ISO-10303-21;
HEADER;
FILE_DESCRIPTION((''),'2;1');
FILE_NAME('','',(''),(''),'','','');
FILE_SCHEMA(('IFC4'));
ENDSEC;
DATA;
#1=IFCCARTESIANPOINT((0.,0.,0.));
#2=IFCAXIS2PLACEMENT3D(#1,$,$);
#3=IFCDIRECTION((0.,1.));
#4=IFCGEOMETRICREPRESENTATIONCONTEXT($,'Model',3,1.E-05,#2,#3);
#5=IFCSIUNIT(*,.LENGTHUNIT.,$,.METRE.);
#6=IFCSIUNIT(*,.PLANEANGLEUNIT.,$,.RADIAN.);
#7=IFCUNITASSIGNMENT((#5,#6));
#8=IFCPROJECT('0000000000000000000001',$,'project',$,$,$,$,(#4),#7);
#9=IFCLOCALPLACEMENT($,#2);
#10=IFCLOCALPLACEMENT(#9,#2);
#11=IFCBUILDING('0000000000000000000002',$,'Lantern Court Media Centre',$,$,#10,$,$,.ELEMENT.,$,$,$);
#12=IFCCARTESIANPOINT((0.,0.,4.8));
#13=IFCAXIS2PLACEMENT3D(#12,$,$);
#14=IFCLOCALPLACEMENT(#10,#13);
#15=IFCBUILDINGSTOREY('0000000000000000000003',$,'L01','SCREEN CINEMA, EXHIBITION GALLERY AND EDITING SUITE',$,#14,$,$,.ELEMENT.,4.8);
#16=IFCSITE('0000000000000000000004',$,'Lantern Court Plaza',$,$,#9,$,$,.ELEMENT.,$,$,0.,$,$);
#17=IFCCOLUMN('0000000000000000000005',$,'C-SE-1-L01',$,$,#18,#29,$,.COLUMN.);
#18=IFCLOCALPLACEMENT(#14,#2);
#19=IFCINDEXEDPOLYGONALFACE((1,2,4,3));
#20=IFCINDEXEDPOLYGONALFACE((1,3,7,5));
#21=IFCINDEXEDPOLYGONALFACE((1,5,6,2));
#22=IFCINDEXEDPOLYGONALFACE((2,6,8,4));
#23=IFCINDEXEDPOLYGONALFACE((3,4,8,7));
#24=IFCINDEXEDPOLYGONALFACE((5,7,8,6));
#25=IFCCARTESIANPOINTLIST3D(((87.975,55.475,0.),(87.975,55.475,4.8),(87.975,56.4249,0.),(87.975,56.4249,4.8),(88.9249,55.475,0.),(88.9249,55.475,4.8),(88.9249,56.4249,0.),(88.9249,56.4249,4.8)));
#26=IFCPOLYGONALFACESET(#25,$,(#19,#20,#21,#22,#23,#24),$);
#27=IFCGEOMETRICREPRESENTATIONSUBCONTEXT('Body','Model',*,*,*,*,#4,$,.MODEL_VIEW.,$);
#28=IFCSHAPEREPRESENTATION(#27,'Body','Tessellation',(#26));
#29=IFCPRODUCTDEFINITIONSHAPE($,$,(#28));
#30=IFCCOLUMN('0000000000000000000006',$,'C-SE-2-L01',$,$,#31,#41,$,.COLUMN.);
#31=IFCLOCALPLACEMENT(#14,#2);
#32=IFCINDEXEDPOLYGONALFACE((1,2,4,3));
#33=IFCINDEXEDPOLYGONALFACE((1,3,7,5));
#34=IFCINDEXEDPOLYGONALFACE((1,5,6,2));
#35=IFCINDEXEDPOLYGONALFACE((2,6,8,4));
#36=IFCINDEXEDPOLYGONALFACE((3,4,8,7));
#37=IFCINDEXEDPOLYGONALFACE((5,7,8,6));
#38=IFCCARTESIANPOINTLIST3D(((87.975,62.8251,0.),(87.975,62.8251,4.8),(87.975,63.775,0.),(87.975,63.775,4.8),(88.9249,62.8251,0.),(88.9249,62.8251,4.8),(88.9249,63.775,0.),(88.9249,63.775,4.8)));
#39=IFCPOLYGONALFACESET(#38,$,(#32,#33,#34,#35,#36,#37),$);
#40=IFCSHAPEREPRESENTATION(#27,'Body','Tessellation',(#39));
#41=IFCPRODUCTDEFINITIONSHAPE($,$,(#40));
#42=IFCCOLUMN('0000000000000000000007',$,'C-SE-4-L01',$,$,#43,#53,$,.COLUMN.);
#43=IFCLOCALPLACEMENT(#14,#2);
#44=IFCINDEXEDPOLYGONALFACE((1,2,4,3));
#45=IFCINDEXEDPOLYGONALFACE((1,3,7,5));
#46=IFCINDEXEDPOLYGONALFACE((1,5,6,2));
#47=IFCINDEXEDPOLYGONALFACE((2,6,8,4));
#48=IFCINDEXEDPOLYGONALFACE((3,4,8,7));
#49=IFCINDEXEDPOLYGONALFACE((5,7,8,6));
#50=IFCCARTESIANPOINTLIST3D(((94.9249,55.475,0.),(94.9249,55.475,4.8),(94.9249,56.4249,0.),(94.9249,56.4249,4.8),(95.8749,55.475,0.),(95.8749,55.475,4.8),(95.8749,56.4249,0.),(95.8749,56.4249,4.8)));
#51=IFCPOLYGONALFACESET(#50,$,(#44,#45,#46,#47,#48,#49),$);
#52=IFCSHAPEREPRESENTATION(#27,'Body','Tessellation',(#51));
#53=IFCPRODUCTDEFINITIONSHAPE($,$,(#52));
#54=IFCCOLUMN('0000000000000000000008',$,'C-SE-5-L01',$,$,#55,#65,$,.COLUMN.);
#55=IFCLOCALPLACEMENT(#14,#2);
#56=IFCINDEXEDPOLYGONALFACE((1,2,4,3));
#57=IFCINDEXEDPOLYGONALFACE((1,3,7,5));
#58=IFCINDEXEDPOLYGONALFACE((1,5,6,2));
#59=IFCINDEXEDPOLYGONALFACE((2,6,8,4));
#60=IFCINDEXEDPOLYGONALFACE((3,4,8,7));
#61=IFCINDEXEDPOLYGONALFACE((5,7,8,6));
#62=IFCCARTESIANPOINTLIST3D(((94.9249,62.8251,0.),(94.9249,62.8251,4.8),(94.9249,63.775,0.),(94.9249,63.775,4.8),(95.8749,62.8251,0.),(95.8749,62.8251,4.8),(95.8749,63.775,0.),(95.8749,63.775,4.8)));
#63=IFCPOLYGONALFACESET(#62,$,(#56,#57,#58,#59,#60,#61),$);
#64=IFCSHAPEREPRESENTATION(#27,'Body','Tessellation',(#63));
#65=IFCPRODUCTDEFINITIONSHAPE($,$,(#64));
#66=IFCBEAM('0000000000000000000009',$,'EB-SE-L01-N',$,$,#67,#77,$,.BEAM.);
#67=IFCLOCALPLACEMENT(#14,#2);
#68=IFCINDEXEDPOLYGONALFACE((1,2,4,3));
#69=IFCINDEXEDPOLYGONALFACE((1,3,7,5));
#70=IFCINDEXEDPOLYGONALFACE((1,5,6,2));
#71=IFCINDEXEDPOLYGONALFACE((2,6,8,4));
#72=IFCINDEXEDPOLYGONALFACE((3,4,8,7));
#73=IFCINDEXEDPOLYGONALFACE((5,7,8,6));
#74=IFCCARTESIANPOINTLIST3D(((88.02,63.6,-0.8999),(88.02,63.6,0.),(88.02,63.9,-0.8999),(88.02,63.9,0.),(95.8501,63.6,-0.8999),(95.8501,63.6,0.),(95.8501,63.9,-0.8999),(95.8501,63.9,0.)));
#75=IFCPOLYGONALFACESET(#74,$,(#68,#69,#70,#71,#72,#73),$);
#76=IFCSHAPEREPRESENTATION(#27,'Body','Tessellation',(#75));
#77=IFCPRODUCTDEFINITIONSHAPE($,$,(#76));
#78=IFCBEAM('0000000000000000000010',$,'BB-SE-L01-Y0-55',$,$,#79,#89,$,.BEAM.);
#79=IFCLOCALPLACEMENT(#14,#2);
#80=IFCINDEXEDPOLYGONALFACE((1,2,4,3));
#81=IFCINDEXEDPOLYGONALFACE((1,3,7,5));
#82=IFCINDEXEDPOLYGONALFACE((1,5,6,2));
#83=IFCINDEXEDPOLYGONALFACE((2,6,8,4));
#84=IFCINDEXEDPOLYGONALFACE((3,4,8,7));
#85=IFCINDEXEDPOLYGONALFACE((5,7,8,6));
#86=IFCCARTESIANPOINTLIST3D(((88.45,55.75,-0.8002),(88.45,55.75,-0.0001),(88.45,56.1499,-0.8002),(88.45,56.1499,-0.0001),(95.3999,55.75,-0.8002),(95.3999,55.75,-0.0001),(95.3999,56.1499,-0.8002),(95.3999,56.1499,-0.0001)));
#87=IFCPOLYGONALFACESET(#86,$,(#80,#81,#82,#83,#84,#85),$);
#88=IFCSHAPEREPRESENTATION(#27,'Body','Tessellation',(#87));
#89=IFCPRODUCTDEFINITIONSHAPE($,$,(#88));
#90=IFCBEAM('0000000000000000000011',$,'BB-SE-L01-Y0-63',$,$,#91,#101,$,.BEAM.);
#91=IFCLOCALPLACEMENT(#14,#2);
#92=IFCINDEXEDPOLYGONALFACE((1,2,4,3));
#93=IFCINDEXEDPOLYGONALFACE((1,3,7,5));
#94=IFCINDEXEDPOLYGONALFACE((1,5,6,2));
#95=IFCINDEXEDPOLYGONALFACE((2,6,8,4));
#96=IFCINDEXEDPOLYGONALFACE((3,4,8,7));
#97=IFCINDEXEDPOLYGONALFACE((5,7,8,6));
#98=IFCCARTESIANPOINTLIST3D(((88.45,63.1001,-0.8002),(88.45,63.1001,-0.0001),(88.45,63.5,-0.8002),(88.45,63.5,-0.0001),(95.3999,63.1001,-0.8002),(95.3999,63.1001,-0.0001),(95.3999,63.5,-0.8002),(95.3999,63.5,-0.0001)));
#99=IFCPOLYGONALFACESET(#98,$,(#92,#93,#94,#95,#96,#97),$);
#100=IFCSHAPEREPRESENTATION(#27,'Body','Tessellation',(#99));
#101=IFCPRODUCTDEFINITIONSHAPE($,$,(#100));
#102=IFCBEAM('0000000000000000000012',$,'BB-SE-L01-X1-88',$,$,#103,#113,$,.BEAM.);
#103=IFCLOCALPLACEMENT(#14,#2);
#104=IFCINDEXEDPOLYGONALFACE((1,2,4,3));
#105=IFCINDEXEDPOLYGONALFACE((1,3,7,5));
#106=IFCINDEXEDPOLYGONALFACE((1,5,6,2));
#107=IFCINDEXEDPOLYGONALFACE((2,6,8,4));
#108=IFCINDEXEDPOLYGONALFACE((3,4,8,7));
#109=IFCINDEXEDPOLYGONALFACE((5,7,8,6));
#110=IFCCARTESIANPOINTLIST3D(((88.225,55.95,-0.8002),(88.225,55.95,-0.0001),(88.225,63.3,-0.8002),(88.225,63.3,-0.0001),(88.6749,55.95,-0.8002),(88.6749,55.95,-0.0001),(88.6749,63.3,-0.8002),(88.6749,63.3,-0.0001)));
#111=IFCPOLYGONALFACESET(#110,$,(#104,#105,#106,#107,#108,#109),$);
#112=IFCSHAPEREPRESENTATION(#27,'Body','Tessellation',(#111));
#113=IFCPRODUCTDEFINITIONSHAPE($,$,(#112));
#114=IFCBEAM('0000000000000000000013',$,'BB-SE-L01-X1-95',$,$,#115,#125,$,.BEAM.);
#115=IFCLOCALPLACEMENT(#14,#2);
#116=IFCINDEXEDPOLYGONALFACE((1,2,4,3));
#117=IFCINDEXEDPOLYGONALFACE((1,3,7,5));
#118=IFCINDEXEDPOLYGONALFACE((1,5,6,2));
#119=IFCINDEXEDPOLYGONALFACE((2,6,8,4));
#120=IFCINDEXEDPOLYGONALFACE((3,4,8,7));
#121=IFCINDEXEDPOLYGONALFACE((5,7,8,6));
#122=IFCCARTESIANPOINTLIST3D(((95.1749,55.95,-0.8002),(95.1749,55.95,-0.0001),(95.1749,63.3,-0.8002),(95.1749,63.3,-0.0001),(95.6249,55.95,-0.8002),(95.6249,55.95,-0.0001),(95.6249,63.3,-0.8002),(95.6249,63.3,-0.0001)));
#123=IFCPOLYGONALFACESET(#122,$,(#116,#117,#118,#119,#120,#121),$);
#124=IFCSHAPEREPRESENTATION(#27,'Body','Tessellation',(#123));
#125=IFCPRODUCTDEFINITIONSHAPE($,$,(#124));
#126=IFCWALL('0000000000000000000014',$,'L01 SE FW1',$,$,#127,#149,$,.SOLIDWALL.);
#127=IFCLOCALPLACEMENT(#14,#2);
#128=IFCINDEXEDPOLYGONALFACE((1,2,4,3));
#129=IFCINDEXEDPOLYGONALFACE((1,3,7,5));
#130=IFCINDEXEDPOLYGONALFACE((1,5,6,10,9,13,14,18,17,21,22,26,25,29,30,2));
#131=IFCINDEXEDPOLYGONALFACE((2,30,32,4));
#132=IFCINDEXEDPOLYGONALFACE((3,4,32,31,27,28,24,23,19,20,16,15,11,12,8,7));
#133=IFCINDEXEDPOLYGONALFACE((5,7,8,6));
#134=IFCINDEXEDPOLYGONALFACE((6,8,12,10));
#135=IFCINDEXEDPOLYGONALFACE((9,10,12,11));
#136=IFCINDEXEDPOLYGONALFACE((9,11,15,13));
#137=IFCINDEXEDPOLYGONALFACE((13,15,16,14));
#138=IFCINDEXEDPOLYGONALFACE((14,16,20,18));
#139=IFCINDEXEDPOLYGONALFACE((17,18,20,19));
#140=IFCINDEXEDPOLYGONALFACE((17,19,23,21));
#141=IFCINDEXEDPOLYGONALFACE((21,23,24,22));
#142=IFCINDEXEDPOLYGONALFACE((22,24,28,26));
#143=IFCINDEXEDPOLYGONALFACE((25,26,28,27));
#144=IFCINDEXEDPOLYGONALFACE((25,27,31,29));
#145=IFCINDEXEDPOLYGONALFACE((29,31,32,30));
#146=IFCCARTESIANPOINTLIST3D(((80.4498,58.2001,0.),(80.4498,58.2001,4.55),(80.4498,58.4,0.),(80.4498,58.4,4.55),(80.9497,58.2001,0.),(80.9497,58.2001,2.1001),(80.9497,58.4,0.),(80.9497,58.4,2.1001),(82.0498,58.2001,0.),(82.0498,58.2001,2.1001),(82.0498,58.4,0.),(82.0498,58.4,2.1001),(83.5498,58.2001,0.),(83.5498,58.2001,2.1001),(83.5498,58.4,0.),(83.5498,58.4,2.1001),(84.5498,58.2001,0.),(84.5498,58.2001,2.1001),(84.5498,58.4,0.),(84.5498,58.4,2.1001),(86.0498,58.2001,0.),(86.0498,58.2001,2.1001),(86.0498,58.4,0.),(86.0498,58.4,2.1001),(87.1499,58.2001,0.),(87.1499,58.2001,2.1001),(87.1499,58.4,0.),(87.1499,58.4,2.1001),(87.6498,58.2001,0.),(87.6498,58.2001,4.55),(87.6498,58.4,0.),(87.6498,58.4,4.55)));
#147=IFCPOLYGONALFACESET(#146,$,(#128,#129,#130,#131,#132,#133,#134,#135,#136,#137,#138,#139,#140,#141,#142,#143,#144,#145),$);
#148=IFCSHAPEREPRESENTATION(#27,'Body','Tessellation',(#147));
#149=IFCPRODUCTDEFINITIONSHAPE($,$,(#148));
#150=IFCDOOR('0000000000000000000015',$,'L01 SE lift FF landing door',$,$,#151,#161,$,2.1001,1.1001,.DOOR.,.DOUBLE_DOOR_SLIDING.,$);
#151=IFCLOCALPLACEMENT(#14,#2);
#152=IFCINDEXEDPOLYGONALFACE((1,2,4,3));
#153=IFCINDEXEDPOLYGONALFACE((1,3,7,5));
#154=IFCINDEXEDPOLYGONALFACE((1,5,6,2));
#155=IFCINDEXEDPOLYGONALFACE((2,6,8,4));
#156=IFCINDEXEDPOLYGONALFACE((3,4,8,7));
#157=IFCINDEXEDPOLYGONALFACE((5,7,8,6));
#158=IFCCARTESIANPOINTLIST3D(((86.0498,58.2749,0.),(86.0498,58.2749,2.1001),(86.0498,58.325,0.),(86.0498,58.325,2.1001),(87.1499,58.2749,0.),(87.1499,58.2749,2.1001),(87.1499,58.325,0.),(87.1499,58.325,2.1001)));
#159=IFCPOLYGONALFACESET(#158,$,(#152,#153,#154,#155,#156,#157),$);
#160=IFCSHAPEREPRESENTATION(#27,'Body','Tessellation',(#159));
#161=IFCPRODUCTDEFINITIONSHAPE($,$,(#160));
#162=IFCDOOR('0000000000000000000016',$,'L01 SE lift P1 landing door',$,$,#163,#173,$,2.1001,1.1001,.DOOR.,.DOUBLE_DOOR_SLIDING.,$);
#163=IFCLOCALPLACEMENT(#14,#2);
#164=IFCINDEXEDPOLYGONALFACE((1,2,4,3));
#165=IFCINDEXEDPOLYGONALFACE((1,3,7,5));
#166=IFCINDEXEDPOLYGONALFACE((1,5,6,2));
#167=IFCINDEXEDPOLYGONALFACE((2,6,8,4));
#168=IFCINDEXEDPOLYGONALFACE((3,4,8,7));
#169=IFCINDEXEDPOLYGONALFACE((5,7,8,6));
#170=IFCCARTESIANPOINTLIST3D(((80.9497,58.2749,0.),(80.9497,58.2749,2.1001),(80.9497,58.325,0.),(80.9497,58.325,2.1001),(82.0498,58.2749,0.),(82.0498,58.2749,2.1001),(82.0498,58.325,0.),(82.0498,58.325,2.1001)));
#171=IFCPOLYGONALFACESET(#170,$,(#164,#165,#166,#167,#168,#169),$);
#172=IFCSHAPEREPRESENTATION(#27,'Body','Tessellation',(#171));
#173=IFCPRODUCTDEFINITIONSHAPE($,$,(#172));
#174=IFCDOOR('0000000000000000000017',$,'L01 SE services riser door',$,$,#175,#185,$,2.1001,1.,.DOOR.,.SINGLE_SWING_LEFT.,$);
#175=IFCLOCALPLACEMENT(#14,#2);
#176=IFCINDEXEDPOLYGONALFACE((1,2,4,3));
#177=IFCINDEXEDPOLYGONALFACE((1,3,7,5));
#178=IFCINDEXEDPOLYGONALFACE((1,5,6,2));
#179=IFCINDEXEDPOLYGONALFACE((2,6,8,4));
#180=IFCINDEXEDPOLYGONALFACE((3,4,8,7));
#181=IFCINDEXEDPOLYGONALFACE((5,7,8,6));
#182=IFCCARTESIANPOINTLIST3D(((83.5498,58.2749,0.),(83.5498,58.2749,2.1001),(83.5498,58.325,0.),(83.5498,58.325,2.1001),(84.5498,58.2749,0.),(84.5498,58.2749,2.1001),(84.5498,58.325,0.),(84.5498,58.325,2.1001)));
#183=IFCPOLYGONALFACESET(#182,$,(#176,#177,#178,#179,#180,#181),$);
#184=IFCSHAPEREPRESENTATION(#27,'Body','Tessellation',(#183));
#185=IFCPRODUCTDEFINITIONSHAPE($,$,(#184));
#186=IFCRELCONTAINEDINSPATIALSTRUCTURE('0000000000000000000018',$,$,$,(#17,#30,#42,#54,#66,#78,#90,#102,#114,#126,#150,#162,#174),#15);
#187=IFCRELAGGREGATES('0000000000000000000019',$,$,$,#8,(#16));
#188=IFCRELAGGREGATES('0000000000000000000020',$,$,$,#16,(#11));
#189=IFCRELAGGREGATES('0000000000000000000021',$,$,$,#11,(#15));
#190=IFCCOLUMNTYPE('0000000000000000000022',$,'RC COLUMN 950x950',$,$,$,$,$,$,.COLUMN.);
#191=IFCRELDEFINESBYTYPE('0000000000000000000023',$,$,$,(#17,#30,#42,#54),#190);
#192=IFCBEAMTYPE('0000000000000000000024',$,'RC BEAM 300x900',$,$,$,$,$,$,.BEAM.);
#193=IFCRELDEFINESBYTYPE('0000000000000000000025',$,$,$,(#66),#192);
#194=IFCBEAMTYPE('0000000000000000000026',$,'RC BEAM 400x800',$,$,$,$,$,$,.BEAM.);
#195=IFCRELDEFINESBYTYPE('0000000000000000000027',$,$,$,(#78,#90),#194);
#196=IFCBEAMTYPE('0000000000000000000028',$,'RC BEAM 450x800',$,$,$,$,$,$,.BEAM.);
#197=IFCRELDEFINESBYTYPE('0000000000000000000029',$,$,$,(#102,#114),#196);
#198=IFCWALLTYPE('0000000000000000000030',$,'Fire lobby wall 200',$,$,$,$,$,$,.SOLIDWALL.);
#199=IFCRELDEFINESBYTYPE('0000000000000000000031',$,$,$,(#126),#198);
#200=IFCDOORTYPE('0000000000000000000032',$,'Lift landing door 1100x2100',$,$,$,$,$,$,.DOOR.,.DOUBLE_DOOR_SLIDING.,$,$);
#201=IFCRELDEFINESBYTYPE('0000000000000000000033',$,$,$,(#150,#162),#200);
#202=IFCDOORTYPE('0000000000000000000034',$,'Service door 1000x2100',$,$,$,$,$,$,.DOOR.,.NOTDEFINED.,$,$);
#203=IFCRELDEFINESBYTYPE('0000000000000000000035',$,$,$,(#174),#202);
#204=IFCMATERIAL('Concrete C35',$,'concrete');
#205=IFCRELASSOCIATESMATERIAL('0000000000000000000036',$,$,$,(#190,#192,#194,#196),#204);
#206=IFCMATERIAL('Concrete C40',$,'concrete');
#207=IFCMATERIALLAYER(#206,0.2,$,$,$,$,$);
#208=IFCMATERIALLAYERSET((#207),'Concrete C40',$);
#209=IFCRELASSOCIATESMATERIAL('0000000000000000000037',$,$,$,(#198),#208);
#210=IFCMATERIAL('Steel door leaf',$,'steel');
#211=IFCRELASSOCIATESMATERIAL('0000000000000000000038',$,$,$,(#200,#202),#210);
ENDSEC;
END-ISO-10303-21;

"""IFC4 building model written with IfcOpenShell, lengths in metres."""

from ifc_helpers import new_model, si_unit, direction, frame, frame_2d, origin, origin_2d, place, context, subcontext, project, spatial, rectangle, extrude, material, layer, layer_set, material_profile, profile_set, type_object, element, fill, save


model = new_model("IFC4")

# Units and contexts
model_context = context("Model", 3, precision=1e-05, world=origin(), true_north=direction((0.0, 1.0)))
body_context = subcontext(model_context, "Body", "Model", "MODEL_VIEW")
ifc_project = project(units=[si_unit("LENGTHUNIT", "METRE"), si_unit("PLANEANGLEUNIT", "RADIAN")], contexts=[model_context])

# Site, building, storey
site_placement = place(None, origin())
site = spatial("IfcSite", under=ifc_project, at=site_placement, Name="Lantern Court Plaza", CompositionType="ELEMENT", RefElevation=0.0)
building_placement = place(site_placement, origin())
building = spatial("IfcBuilding", under=site, at=building_placement, Name="Lantern Court Media Centre", CompositionType="ELEMENT")
storey_placement = place(building_placement, frame((0.0, 0.0, 4.8)))
storey = spatial("IfcBuildingStorey", under=building, at=storey_placement, Name="L01", Description="SCREEN CINEMA, EXHIBITION GALLERY AND EDITING SUITE", CompositionType="ELEMENT", Elevation=4.8)

# Columns
ifc_material_1 = material(Name="Concrete C35", Category="concrete")
ifc_material_profile_1 = material_profile(ifc_material_1, rectangle(XDim=0.95, YDim=0.95, at=origin_2d()), Name="RC 950x950")
ifc_profile_set_1 = profile_set([ifc_material_profile_1], Name="Concrete C35")
column_type = type_object("IfcColumnType", Name="RC COLUMN 950x950", PredefinedType="COLUMN", material=ifc_profile_set_1)
for number, where, z_axis, x_axis, name in (
    (1, (88.45, 55.95, 0.0), (0.0, 0.0, 1.0), (1.0, 0.0, 0.0), "C-SE-1-L01"),
    (2, (88.45, 63.3, 0.0), (0.0, 0.0, 1.0), (1.0, 0.0, 0.0), "C-SE-2-L01"),
    (3, (95.3999, 55.95, 0.0), (0.0, 0.0, 1.0), (1.0, 0.0, 0.0), "C-SE-4-L01"),
    (4, (95.3999, 63.3, 0.0), (0.0, 0.0, 1.0), (1.0, 0.0, 0.0), "C-SE-5-L01"),
):
    element("IfcColumn", number, at=place(storey_placement, frame(where, z_axis=z_axis, x_axis=x_axis)), inside=storey, type_object=column_type, Name=name, PredefinedType="COLUMN", context=body_context, shape_type="SweptSolid", body=[
        extrude(rectangle(XDim=0.95, YDim=0.95, at=origin_2d()), origin(), (0.0, 0.0, 1.0), 4.8),
    ])

# Beams
ifc_material_profile_2 = material_profile(ifc_material_1, rectangle(XDim=0.3, YDim=0.8999, at=origin_2d()), Name="RC 300x900")
ifc_profile_set_2 = profile_set([ifc_material_profile_2], Name="Concrete C35")
beam_type_1 = type_object("IfcBeamType", Name="RC BEAM 300x900", PredefinedType="BEAM", material=ifc_profile_set_2)
beam_placement = place(storey_placement, frame((88.02, 63.75, -0.45), z_axis=(1.0, 0.0, 0.0), x_axis=(0.0, 1.0, 0.0)))
element("IfcBeam", 5, at=beam_placement, inside=storey, type_object=beam_type_1, Name="EB-SE-L01-N", PredefinedType="BEAM", context=body_context, shape_type="SweptSolid", body=[
    extrude(rectangle(XDim=0.3, YDim=0.8999, at=origin_2d()), origin(), (0.0, 0.0, 1.0), 7.8301),
])
ifc_material_profile_3 = material_profile(ifc_material_1, rectangle(XDim=0.3999, YDim=0.8, at=origin_2d()), Name="RC 400x800")
ifc_profile_set_3 = profile_set([ifc_material_profile_3], Name="Concrete C35")
beam_type_2 = type_object("IfcBeamType", Name="RC BEAM 400x800", PredefinedType="BEAM", material=ifc_profile_set_3)
for number, where, z_axis, x_axis, name in (
    (6, (88.45, 55.95, -0.4001), (1.0, 0.0, 0.0), (0.0, 1.0, 0.0), "BB-SE-L01-Y0-55"),
    (7, (88.45, 63.3, -0.4001), (1.0, 0.0, 0.0), (0.0, 1.0, 0.0), "BB-SE-L01-Y0-63"),
):
    element("IfcBeam", number, at=place(storey_placement, frame(where, z_axis=z_axis, x_axis=x_axis)), inside=storey, type_object=beam_type_2, Name=name, PredefinedType="BEAM", context=body_context, shape_type="SweptSolid", body=[
        extrude(rectangle(XDim=0.3999, YDim=0.8, at=origin_2d()), origin(), (0.0, 0.0, 1.0), 6.95),
    ])
ifc_material_profile_4 = material_profile(ifc_material_1, rectangle(XDim=0.45, YDim=0.8, at=origin_2d()), Name="RC 450x800")
ifc_profile_set_4 = profile_set([ifc_material_profile_4], Name="Concrete C35")
beam_type_3 = type_object("IfcBeamType", Name="RC BEAM 450x800", PredefinedType="BEAM", material=ifc_profile_set_4)
for number, where, z_axis, x_axis, name in (
    (8, (88.45, 55.95, -0.4001), (0.0, 1.0, 0.0), (-1.0, 0.0, 0.0), "BB-SE-L01-X1-88"),
    (9, (95.3999, 55.95, -0.4001), (0.0, 1.0, 0.0), (-1.0, 0.0, 0.0), "BB-SE-L01-X1-95"),
):
    element("IfcBeam", number, at=place(storey_placement, frame(where, z_axis=z_axis, x_axis=x_axis)), inside=storey, type_object=beam_type_3, Name=name, PredefinedType="BEAM", context=body_context, shape_type="SweptSolid", body=[
        extrude(rectangle(XDim=0.45, YDim=0.8, at=origin_2d()), origin(), (0.0, 0.0, 1.0), 7.3501),
    ])

# Wall, openings, doors
ifc_material_2 = material(Name="Concrete C40", Category="concrete")
ifc_layer_1 = layer(ifc_material_2, 0.2)
ifc_layer_set_1 = layer_set([ifc_layer_1], Name="Concrete C40")
wall_type_1 = type_object("IfcWallType", Name="Fire lobby wall 200", PredefinedType="SOLIDWALL", material=ifc_layer_set_1)
wall_1_placement = place(storey_placement, frame((87.6499, 58.3, 0.0), z_axis=(0.0, 0.0, 1.0), x_axis=(-1.0, 0.0, 0.0)))
wall_1 = element("IfcWall", 10, at=wall_1_placement, inside=storey, type_object=wall_type_1, Name="L01 SE FW1", PredefinedType="SOLIDWALL", context=body_context, shape_type="SweptSolid", body=[
    extrude(rectangle(XDim=7.2, YDim=0.2, at=frame_2d((3.6001, 0.0))), origin(), (0.0, 0.0, 1.0), 4.55),
])
opening_1_placement = place(wall_1_placement, frame((0.5, 0.0, 0.0)))
opening_1 = element("IfcOpeningElement", 11, at=opening_1_placement, cuts=wall_1, PredefinedType="OPENING", context=body_context, shape_type="SweptSolid", body=[
    extrude(rectangle(XDim=1.1001, YDim=2.1001, at=frame_2d((0.55, 1.05))), frame((0.0, 0.1099, 0.0), z_axis=(0.0, -1.0, 0.0), x_axis=(1.0, 0.0, 0.0)), (0.0, 0.0, 1.0), 0.22),
])
opening_2_placement = place(wall_1_placement, frame((5.6001, 0.0, 0.0)))
opening_2 = element("IfcOpeningElement", 12, at=opening_2_placement, cuts=wall_1, PredefinedType="OPENING", context=body_context, shape_type="SweptSolid", body=[
    extrude(rectangle(XDim=1.1001, YDim=2.1001, at=frame_2d((0.55, 1.05))), frame((0.0, 0.1099, 0.0), z_axis=(0.0, -1.0, 0.0), x_axis=(1.0, 0.0, 0.0)), (0.0, 0.0, 1.0), 0.22),
])
opening_3_placement = place(wall_1_placement, frame((3.1001, 0.0, 0.0)))
opening_3 = element("IfcOpeningElement", 13, at=opening_3_placement, cuts=wall_1, PredefinedType="OPENING", context=body_context, shape_type="SweptSolid", body=[
    extrude(rectangle(XDim=1.0, YDim=2.1001, at=frame_2d((0.5, 1.05))), frame((0.0, 0.1099, 0.0), z_axis=(0.0, -1.0, 0.0), x_axis=(1.0, 0.0, 0.0)), (0.0, 0.0, 1.0), 0.22),
])
ifc_material_3 = material(Name="Steel door leaf", Category="steel")
door_type_1 = type_object("IfcDoorType", Name="Lift landing door 1100x2100", OperationType="DOUBLE_DOOR_SLIDING", PredefinedType="DOOR", material=ifc_material_3)
door_1_placement = place(opening_1_placement, frame((1.1001, 0.0, 0.0), z_axis=(0.0, 0.0, 1.0), x_axis=(-1.0, 0.0, 0.0)))
door_1 = element("IfcDoor", 14, at=door_1_placement, inside=storey, type_object=door_type_1, Name="L01 SE lift FF landing door", OperationType="DOUBLE_DOOR_SLIDING", OverallHeight=2.1001, OverallWidth=1.1001, PredefinedType="DOOR", context=body_context, shape_type="SweptSolid", body=[
    extrude(rectangle(XDim=1.1001, YDim=2.1001, at=frame_2d((0.55, 1.05))), frame((0.0, 0.0249, 0.0), z_axis=(0.0, -1.0, 0.0), x_axis=(1.0, 0.0, 0.0)), (0.0, 0.0, 1.0), 0.05),
])
fill(opening_1, door_1)
door_2_placement = place(opening_2_placement, frame((1.1001, 0.0, 0.0), z_axis=(0.0, 0.0, 1.0), x_axis=(-1.0, 0.0, 0.0)))
door_2 = element("IfcDoor", 15, at=door_2_placement, inside=storey, type_object=door_type_1, Name="L01 SE lift P1 landing door", OperationType="DOUBLE_DOOR_SLIDING", OverallHeight=2.1001, OverallWidth=1.1001, PredefinedType="DOOR", context=body_context, shape_type="SweptSolid", body=[
    extrude(rectangle(XDim=1.1001, YDim=2.1001, at=frame_2d((0.55, 1.05))), frame((0.0, 0.0249, 0.0), z_axis=(0.0, -1.0, 0.0), x_axis=(1.0, 0.0, 0.0)), (0.0, 0.0, 1.0), 0.05),
])
fill(opening_2, door_2)
door_type_2 = type_object("IfcDoorType", Name="Service door 1000x2100", OperationType="NOTDEFINED", PredefinedType="DOOR", material=ifc_material_3)
door_3_placement = place(opening_3_placement, frame((1.0, 0.0, 0.0), z_axis=(0.0, 0.0, 1.0), x_axis=(-1.0, 0.0, 0.0)))
door_3 = element("IfcDoor", 16, at=door_3_placement, inside=storey, type_object=door_type_2, Name="L01 SE services riser door", OperationType="SINGLE_SWING_LEFT", OverallHeight=2.1001, OverallWidth=1.0, PredefinedType="DOOR", context=body_context, shape_type="SweptSolid", body=[
    extrude(rectangle(XDim=1.0, YDim=2.1001, at=frame_2d((0.5, 1.05))), frame((0.0, 0.0249, 0.0), z_axis=(0.0, -1.0, 0.0), x_axis=(1.0, 0.0, 0.0)), (0.0, 0.0, 1.0), 0.05),
])
fill(opening_3, door_3)

save(model, "model.ifc")
